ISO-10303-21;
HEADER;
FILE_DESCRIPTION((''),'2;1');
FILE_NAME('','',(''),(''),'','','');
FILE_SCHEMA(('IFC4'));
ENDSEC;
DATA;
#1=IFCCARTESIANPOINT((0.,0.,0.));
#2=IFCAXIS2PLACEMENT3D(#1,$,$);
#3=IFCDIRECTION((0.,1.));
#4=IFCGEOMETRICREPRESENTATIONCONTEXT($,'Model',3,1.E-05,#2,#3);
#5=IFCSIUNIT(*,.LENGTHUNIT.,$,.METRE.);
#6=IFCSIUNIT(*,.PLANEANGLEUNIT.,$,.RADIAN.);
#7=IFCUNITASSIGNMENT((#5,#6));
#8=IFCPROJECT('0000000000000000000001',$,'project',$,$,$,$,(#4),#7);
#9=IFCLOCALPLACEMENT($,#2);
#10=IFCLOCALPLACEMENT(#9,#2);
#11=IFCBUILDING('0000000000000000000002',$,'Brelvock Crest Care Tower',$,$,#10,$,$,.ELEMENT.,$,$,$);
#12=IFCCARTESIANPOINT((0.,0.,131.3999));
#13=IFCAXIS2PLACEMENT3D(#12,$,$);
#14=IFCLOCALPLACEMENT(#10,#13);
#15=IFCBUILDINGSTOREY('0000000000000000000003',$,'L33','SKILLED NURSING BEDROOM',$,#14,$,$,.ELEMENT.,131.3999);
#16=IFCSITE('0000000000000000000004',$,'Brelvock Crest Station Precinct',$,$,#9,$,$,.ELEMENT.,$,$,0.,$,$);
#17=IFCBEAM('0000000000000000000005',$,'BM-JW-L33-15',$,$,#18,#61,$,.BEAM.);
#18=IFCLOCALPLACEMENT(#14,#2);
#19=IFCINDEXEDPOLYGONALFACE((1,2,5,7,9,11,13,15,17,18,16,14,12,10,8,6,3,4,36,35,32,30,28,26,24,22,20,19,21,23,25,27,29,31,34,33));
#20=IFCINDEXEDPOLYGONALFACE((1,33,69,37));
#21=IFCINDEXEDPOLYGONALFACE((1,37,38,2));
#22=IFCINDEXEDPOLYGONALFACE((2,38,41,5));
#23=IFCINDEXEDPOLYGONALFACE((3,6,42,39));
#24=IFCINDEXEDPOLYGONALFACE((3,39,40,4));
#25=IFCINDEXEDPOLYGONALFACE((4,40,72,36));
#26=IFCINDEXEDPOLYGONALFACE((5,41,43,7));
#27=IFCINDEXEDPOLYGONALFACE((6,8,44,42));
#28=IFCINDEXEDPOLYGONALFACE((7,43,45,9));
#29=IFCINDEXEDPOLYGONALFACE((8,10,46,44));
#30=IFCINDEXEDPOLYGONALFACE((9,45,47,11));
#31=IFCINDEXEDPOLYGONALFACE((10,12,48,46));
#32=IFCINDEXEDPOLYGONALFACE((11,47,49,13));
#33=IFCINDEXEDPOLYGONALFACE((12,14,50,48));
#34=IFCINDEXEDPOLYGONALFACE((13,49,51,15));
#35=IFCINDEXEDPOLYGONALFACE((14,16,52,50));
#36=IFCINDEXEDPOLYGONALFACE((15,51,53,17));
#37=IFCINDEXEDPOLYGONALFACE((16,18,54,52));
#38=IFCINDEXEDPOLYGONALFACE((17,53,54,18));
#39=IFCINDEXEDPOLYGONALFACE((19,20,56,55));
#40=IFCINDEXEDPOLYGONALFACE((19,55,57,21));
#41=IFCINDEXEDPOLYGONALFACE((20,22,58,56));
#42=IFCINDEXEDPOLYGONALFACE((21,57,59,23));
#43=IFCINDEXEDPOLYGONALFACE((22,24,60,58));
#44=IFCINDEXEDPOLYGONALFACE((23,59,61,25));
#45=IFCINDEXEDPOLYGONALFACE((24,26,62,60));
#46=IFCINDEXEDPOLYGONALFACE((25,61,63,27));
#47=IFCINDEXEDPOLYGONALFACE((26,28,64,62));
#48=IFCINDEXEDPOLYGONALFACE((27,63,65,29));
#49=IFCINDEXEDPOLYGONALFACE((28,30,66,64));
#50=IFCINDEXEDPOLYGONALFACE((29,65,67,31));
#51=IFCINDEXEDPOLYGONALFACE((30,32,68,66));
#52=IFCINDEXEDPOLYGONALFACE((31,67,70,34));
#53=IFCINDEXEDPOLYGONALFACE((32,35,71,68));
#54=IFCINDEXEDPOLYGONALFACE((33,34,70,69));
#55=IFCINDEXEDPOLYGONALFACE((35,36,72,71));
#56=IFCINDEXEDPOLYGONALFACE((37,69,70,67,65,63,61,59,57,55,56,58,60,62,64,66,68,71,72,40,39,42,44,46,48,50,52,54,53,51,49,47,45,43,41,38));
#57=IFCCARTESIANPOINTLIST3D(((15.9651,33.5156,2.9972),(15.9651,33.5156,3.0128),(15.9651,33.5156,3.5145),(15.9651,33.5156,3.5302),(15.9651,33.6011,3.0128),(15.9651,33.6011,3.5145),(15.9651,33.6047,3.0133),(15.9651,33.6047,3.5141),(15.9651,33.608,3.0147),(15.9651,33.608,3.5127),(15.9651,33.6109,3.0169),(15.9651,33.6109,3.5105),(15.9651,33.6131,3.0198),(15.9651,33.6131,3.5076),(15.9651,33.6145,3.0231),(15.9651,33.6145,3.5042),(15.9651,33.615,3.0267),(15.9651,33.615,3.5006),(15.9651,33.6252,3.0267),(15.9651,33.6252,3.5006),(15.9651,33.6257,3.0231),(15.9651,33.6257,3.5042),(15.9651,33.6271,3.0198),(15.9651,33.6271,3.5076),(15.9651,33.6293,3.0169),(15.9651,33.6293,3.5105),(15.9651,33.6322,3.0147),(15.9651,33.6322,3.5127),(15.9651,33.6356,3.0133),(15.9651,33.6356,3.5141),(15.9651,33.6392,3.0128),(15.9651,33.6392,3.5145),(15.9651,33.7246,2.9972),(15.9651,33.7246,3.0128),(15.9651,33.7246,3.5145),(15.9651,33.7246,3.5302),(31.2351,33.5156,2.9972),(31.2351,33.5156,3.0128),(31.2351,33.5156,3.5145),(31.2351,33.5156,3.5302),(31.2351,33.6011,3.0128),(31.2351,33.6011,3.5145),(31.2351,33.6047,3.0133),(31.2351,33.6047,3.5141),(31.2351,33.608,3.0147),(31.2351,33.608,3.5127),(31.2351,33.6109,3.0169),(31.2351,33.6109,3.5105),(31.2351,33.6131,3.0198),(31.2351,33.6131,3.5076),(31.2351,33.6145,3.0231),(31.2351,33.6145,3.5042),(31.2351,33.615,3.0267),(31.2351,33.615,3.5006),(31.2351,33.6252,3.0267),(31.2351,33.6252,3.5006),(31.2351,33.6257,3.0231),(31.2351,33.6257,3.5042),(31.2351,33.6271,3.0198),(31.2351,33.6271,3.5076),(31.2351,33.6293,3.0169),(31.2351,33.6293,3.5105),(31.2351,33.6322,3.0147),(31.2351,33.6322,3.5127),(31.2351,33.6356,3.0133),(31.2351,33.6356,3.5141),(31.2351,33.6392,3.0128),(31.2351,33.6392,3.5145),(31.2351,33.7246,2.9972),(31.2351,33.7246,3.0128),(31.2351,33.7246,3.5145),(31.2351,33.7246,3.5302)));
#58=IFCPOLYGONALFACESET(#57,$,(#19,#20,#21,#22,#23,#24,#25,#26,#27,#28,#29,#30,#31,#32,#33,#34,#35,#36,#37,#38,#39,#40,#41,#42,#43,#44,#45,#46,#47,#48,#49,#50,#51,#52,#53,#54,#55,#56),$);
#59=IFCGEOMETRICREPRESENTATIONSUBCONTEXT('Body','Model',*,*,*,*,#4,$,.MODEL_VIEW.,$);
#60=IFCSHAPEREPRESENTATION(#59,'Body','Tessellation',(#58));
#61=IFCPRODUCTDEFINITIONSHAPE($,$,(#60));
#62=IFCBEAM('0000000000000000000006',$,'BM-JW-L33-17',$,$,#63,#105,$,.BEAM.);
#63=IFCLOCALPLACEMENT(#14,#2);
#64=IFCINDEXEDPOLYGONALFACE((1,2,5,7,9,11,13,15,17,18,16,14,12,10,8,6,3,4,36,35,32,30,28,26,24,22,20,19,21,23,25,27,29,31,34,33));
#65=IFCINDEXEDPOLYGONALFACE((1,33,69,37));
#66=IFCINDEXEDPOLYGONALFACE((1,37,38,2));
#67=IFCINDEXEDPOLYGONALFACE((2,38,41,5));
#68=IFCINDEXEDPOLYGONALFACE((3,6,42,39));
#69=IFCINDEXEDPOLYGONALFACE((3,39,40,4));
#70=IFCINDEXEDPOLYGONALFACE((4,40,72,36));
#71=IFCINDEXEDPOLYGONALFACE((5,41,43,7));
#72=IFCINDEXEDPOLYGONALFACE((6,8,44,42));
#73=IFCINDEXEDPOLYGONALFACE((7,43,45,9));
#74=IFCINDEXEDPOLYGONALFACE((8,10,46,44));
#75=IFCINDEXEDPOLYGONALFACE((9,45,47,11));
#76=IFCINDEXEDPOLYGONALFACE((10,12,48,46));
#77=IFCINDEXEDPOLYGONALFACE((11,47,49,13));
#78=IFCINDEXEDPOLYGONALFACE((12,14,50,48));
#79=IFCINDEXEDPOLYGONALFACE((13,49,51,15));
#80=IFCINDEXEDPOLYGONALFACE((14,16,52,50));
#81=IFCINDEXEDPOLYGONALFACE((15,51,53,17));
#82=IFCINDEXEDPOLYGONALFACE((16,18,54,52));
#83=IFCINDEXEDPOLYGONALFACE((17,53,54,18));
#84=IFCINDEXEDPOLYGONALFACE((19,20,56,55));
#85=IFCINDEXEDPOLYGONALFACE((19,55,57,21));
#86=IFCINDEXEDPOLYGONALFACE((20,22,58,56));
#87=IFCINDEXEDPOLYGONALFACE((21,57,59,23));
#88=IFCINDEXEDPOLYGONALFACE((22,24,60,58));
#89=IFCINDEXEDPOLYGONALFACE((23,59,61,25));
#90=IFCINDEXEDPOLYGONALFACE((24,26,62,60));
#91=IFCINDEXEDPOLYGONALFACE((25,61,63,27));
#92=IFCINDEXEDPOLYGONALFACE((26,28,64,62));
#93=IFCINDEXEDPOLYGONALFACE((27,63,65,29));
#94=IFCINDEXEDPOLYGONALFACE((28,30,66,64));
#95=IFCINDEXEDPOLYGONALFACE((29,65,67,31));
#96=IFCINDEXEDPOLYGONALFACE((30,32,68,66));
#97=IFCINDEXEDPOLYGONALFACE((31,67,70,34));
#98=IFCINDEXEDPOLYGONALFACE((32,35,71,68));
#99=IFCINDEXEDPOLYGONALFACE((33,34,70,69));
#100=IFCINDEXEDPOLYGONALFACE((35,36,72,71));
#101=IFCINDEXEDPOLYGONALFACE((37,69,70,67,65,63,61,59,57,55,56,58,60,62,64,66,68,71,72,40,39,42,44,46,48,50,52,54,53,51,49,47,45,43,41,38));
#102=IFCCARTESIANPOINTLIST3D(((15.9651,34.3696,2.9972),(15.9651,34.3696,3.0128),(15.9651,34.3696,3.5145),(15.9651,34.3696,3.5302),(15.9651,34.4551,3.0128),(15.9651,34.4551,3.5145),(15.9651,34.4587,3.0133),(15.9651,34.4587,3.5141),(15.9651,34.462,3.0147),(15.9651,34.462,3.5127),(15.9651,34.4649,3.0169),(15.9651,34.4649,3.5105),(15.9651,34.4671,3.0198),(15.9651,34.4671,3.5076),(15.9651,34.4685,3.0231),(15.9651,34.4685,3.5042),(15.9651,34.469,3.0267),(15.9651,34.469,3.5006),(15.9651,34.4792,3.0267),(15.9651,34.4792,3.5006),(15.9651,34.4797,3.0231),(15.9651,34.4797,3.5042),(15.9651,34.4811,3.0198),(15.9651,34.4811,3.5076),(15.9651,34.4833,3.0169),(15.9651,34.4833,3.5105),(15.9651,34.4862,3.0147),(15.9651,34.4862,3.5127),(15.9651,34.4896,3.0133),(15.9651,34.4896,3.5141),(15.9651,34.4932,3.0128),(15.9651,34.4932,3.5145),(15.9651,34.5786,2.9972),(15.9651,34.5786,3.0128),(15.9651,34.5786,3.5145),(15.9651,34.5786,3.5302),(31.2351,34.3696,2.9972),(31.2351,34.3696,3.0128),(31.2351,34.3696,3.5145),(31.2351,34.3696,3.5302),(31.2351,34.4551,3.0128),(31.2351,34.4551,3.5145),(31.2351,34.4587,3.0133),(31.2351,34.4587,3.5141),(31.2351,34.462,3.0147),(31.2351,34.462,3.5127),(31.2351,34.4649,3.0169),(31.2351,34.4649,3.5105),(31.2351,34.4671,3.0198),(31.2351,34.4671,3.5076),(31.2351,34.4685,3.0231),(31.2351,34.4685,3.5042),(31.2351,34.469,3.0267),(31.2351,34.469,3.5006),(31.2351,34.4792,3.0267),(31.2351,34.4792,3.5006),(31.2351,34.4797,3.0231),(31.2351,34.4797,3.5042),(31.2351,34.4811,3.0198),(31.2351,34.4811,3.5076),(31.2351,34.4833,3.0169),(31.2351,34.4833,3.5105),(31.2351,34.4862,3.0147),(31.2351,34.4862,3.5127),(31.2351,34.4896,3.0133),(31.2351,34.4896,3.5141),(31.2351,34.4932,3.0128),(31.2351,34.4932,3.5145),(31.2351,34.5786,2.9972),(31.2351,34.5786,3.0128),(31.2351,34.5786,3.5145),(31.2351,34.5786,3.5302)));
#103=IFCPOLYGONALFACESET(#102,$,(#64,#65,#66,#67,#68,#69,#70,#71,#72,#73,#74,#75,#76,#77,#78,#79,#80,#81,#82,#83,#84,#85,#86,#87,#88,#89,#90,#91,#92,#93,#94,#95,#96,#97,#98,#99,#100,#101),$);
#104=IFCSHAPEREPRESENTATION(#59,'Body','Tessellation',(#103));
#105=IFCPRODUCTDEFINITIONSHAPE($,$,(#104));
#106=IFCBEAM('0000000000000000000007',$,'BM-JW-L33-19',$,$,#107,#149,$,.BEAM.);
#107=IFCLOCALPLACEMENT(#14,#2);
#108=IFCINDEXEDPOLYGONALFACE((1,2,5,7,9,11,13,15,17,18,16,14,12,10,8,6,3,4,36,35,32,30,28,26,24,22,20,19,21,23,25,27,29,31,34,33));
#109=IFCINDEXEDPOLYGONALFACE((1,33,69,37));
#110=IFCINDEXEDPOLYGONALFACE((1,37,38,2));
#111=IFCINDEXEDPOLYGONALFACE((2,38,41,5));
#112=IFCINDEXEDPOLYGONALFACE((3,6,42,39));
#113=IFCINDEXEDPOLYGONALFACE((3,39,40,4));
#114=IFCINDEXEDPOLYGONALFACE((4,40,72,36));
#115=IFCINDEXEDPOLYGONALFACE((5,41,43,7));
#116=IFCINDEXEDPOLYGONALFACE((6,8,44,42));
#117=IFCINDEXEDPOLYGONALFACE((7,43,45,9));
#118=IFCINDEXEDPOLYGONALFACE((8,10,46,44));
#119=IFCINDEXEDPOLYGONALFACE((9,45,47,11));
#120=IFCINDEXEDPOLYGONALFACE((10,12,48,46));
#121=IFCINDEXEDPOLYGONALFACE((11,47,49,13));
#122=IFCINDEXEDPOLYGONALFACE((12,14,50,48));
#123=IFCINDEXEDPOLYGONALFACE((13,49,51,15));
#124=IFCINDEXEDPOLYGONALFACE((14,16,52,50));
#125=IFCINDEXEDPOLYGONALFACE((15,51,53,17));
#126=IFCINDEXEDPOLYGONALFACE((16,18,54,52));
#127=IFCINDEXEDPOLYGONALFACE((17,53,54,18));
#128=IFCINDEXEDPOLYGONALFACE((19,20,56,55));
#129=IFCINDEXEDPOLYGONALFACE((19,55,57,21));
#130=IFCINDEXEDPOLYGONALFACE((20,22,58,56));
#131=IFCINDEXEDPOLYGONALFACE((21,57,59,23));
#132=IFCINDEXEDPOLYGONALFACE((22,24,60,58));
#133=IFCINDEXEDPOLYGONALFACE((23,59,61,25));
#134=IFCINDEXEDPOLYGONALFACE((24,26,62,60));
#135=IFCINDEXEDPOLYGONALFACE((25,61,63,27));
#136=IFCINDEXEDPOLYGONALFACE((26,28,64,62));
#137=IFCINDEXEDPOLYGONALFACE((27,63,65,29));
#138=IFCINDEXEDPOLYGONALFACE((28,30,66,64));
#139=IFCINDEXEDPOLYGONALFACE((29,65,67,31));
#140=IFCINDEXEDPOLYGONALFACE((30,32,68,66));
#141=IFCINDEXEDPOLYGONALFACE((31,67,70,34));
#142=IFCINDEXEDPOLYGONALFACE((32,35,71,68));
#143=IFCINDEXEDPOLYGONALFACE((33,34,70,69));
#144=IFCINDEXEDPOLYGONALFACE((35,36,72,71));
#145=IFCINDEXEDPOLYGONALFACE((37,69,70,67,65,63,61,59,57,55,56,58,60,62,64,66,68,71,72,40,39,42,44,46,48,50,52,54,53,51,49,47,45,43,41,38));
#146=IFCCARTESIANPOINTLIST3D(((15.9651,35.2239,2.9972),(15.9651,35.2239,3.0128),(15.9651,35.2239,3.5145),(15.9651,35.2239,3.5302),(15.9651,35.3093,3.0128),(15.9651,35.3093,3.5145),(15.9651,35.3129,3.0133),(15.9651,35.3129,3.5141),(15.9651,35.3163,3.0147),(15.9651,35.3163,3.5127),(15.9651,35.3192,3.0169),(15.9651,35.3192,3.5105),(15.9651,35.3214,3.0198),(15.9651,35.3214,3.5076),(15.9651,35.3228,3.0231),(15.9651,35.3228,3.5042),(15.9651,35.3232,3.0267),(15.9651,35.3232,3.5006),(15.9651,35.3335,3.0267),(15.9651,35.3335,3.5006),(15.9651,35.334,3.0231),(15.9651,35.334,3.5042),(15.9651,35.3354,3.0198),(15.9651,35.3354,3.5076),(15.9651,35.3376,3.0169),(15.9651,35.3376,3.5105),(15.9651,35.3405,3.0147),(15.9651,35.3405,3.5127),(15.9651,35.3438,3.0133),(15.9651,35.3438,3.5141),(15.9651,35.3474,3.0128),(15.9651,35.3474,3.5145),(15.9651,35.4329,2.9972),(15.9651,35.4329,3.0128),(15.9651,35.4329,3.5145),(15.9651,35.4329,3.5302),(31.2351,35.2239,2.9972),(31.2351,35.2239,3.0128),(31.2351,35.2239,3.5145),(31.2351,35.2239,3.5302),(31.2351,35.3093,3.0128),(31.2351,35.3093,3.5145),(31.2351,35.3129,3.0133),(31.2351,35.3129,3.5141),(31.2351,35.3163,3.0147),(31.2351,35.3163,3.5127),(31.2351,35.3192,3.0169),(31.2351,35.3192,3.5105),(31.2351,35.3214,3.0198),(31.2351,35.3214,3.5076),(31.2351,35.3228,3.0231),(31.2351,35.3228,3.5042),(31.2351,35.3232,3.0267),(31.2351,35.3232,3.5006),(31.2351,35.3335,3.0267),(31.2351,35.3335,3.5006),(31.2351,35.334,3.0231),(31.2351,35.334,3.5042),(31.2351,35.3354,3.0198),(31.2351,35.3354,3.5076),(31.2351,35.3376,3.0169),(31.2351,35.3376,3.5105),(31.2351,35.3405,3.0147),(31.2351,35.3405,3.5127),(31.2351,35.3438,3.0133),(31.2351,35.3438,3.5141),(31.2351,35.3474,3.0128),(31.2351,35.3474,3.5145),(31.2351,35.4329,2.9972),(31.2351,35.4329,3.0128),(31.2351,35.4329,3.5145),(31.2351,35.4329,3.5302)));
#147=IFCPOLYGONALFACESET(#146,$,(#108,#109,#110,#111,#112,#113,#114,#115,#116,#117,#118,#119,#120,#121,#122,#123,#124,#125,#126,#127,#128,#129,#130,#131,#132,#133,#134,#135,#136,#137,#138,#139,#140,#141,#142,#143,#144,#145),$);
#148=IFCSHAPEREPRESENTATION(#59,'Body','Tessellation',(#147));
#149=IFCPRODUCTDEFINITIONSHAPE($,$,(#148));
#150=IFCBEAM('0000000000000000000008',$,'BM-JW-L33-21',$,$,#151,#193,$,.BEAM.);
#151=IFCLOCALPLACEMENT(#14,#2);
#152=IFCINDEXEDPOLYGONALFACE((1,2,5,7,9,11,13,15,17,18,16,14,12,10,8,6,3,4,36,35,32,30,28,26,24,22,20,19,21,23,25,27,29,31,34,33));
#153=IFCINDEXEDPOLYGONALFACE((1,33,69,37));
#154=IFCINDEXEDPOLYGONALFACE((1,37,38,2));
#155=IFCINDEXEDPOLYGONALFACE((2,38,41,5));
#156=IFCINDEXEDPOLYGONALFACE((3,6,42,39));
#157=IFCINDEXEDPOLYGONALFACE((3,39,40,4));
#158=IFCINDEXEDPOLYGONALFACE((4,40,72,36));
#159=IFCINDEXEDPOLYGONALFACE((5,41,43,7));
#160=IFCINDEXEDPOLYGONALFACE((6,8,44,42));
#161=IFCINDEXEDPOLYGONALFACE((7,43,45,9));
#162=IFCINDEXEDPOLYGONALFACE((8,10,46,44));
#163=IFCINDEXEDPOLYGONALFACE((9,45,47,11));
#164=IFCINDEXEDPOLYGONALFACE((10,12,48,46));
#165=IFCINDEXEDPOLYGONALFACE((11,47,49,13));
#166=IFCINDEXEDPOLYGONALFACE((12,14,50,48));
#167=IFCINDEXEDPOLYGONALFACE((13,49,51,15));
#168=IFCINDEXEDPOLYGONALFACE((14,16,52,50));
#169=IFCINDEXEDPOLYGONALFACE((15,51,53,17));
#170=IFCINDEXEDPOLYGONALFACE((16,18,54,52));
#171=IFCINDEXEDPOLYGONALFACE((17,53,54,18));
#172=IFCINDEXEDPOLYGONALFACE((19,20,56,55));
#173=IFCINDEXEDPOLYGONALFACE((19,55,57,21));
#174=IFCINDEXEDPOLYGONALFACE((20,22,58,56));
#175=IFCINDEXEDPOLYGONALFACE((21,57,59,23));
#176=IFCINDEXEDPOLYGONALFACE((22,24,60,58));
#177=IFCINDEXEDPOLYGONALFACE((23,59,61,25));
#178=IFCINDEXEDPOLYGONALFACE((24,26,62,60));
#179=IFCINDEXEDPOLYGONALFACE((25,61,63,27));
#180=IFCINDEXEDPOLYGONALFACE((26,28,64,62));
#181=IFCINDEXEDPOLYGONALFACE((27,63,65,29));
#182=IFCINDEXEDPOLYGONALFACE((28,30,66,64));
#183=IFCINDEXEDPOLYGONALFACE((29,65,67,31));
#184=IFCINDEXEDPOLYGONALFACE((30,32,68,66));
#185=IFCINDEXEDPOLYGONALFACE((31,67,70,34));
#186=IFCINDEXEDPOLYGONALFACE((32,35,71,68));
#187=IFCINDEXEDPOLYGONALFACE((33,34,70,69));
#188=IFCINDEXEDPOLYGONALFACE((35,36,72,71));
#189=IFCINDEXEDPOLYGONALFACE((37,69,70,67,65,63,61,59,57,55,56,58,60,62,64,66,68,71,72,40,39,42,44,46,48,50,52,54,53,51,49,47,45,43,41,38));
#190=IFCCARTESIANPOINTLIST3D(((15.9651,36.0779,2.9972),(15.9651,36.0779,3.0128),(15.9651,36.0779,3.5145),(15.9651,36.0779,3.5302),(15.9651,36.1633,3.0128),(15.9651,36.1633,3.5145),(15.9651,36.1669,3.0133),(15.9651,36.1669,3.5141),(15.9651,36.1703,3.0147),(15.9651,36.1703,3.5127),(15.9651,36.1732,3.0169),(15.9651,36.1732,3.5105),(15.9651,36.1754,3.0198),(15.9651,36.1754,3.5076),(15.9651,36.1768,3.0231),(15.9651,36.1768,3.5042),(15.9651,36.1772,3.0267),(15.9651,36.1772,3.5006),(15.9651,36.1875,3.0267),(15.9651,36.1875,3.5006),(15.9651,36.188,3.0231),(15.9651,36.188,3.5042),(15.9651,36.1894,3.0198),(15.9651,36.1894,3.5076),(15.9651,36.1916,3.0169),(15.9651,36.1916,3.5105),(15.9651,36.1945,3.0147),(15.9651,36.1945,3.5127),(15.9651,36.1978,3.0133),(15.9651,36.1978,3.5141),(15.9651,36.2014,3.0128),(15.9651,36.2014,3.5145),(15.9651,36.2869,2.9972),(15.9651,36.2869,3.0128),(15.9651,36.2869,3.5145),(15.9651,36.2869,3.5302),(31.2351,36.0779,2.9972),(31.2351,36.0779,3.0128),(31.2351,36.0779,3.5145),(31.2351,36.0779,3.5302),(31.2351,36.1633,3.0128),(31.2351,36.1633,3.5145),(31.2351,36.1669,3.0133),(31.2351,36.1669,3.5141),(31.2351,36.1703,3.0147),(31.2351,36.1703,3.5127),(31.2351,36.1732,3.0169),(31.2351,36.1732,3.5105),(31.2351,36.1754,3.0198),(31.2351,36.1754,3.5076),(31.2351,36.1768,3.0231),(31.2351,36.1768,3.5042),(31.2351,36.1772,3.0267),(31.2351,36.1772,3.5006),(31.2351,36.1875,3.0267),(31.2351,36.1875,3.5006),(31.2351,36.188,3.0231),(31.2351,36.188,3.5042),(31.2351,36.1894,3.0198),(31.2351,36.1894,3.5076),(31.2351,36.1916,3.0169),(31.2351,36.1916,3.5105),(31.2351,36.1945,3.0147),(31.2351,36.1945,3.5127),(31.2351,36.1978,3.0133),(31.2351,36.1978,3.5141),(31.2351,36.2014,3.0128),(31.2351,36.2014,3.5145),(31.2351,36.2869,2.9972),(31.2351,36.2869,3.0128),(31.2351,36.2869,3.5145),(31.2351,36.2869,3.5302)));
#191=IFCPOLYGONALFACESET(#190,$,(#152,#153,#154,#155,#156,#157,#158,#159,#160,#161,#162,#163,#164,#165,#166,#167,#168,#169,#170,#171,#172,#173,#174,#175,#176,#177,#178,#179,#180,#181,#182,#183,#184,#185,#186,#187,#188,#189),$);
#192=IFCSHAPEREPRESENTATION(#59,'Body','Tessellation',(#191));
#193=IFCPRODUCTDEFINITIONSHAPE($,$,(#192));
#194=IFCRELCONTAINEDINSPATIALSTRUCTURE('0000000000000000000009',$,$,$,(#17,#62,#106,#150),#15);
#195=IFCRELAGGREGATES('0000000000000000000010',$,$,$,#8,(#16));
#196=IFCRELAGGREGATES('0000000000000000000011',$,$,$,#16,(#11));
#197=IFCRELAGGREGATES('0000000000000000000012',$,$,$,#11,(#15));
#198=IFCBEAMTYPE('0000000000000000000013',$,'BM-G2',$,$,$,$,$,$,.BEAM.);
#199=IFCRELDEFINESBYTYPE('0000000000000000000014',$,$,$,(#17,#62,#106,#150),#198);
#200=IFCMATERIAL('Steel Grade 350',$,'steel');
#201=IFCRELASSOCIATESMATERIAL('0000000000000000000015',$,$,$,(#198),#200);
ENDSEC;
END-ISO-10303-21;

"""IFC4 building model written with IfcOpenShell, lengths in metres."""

from ifc_helpers import new_model, si_unit, direction, frame, origin, origin_2d, place, context, subcontext, project, spatial, i_section, extrude, source, transform, mapped, material, material_profile, profile_set, type_object, element, save


model = new_model("IFC4")

# Units and contexts
model_context = context("Model", 3, precision=1e-05, world=origin(), true_north=direction((0.0, 1.0)))
body_context = subcontext(model_context, "Body", "Model", "MODEL_VIEW")
ifc_project = project(units=[si_unit("LENGTHUNIT", "METRE"), si_unit("PLANEANGLEUNIT", "RADIAN")], contexts=[model_context])

# Site, building, storey
site_placement = place(None, origin())
site = spatial("IfcSite", under=ifc_project, at=site_placement, Name="Brelvock Crest Station Precinct", CompositionType="ELEMENT", RefElevation=0.0)
building_placement = place(site_placement, origin())
building = spatial("IfcBuilding", under=site, at=building_placement, Name="Brelvock Crest Care Tower", CompositionType="ELEMENT")
storey_placement = place(building_placement, frame((0.0, 0.0, 131.3999)))
storey = spatial("IfcBuildingStorey", under=building, at=storey_placement, Name="L33", Description="SKILLED NURSING BEDROOM", CompositionType="ELEMENT", Elevation=131.3999)

# Shared definitions
ifc_material_1 = material(Name="Steel Grade 350", Category="steel")

# Beams
ifc_material_profile_1 = material_profile(ifc_material_1, i_section(OverallWidth=0.209, OverallDepth=0.533, WebThickness=0.0103, FlangeThickness=0.0156, FilletRadius=0.0139, at=origin_2d()), Name="530UB92.4")
ifc_profile_set_1 = profile_set([ifc_material_profile_1], Name="Steel Grade 350")
beam_type_1 = type_object("IfcBeamType", Name="BM-G2", PredefinedType="BEAM", material=ifc_profile_set_1)
shared_shape_1 = source(origin(), body_context, "Body", "SweptSolid", [
    extrude(i_section(OverallWidth=0.209, OverallDepth=0.533, WebThickness=0.0103, FlangeThickness=0.0156, FilletRadius=0.0139, at=origin_2d()), origin(), (0.0, 0.0, 1.0), 15.27),
])
for number, where, z_axis, x_axis, name in (
    (1, (15.9651, 33.6201, 3.2637), (1.0, 0.0, 0.0), (0.0, 1.0, 0.0), "BM-JW-L33-15"),
    (2, (15.9651, 34.4741, 3.2637), (1.0, 0.0, 0.0), (0.0, 1.0, 0.0), "BM-JW-L33-17"),
    (3, (15.9651, 35.3284, 3.2637), (1.0, 0.0, 0.0), (0.0, 1.0, 0.0), "BM-JW-L33-19"),
    (4, (15.9651, 36.1824, 3.2637), (1.0, 0.0, 0.0), (0.0, 1.0, 0.0), "BM-JW-L33-21"),
):
    element("IfcBeam", number, at=place(storey_placement, frame(where, z_axis=z_axis, x_axis=x_axis)), inside=storey, type_object=beam_type_1, Name=name, PredefinedType="BEAM", context=body_context, shape_type="MappedRepresentation", body=[
        mapped(shared_shape_1, transform((0.0, 0.0, 0.0), x_axis=(1.0, 0.0, 0.0), y_axis=(0.0, 1.0, 0.0), z_axis=(0.0, 0.0, 1.0), scale=1.0)),
    ])

save(model, "model.ifc")
